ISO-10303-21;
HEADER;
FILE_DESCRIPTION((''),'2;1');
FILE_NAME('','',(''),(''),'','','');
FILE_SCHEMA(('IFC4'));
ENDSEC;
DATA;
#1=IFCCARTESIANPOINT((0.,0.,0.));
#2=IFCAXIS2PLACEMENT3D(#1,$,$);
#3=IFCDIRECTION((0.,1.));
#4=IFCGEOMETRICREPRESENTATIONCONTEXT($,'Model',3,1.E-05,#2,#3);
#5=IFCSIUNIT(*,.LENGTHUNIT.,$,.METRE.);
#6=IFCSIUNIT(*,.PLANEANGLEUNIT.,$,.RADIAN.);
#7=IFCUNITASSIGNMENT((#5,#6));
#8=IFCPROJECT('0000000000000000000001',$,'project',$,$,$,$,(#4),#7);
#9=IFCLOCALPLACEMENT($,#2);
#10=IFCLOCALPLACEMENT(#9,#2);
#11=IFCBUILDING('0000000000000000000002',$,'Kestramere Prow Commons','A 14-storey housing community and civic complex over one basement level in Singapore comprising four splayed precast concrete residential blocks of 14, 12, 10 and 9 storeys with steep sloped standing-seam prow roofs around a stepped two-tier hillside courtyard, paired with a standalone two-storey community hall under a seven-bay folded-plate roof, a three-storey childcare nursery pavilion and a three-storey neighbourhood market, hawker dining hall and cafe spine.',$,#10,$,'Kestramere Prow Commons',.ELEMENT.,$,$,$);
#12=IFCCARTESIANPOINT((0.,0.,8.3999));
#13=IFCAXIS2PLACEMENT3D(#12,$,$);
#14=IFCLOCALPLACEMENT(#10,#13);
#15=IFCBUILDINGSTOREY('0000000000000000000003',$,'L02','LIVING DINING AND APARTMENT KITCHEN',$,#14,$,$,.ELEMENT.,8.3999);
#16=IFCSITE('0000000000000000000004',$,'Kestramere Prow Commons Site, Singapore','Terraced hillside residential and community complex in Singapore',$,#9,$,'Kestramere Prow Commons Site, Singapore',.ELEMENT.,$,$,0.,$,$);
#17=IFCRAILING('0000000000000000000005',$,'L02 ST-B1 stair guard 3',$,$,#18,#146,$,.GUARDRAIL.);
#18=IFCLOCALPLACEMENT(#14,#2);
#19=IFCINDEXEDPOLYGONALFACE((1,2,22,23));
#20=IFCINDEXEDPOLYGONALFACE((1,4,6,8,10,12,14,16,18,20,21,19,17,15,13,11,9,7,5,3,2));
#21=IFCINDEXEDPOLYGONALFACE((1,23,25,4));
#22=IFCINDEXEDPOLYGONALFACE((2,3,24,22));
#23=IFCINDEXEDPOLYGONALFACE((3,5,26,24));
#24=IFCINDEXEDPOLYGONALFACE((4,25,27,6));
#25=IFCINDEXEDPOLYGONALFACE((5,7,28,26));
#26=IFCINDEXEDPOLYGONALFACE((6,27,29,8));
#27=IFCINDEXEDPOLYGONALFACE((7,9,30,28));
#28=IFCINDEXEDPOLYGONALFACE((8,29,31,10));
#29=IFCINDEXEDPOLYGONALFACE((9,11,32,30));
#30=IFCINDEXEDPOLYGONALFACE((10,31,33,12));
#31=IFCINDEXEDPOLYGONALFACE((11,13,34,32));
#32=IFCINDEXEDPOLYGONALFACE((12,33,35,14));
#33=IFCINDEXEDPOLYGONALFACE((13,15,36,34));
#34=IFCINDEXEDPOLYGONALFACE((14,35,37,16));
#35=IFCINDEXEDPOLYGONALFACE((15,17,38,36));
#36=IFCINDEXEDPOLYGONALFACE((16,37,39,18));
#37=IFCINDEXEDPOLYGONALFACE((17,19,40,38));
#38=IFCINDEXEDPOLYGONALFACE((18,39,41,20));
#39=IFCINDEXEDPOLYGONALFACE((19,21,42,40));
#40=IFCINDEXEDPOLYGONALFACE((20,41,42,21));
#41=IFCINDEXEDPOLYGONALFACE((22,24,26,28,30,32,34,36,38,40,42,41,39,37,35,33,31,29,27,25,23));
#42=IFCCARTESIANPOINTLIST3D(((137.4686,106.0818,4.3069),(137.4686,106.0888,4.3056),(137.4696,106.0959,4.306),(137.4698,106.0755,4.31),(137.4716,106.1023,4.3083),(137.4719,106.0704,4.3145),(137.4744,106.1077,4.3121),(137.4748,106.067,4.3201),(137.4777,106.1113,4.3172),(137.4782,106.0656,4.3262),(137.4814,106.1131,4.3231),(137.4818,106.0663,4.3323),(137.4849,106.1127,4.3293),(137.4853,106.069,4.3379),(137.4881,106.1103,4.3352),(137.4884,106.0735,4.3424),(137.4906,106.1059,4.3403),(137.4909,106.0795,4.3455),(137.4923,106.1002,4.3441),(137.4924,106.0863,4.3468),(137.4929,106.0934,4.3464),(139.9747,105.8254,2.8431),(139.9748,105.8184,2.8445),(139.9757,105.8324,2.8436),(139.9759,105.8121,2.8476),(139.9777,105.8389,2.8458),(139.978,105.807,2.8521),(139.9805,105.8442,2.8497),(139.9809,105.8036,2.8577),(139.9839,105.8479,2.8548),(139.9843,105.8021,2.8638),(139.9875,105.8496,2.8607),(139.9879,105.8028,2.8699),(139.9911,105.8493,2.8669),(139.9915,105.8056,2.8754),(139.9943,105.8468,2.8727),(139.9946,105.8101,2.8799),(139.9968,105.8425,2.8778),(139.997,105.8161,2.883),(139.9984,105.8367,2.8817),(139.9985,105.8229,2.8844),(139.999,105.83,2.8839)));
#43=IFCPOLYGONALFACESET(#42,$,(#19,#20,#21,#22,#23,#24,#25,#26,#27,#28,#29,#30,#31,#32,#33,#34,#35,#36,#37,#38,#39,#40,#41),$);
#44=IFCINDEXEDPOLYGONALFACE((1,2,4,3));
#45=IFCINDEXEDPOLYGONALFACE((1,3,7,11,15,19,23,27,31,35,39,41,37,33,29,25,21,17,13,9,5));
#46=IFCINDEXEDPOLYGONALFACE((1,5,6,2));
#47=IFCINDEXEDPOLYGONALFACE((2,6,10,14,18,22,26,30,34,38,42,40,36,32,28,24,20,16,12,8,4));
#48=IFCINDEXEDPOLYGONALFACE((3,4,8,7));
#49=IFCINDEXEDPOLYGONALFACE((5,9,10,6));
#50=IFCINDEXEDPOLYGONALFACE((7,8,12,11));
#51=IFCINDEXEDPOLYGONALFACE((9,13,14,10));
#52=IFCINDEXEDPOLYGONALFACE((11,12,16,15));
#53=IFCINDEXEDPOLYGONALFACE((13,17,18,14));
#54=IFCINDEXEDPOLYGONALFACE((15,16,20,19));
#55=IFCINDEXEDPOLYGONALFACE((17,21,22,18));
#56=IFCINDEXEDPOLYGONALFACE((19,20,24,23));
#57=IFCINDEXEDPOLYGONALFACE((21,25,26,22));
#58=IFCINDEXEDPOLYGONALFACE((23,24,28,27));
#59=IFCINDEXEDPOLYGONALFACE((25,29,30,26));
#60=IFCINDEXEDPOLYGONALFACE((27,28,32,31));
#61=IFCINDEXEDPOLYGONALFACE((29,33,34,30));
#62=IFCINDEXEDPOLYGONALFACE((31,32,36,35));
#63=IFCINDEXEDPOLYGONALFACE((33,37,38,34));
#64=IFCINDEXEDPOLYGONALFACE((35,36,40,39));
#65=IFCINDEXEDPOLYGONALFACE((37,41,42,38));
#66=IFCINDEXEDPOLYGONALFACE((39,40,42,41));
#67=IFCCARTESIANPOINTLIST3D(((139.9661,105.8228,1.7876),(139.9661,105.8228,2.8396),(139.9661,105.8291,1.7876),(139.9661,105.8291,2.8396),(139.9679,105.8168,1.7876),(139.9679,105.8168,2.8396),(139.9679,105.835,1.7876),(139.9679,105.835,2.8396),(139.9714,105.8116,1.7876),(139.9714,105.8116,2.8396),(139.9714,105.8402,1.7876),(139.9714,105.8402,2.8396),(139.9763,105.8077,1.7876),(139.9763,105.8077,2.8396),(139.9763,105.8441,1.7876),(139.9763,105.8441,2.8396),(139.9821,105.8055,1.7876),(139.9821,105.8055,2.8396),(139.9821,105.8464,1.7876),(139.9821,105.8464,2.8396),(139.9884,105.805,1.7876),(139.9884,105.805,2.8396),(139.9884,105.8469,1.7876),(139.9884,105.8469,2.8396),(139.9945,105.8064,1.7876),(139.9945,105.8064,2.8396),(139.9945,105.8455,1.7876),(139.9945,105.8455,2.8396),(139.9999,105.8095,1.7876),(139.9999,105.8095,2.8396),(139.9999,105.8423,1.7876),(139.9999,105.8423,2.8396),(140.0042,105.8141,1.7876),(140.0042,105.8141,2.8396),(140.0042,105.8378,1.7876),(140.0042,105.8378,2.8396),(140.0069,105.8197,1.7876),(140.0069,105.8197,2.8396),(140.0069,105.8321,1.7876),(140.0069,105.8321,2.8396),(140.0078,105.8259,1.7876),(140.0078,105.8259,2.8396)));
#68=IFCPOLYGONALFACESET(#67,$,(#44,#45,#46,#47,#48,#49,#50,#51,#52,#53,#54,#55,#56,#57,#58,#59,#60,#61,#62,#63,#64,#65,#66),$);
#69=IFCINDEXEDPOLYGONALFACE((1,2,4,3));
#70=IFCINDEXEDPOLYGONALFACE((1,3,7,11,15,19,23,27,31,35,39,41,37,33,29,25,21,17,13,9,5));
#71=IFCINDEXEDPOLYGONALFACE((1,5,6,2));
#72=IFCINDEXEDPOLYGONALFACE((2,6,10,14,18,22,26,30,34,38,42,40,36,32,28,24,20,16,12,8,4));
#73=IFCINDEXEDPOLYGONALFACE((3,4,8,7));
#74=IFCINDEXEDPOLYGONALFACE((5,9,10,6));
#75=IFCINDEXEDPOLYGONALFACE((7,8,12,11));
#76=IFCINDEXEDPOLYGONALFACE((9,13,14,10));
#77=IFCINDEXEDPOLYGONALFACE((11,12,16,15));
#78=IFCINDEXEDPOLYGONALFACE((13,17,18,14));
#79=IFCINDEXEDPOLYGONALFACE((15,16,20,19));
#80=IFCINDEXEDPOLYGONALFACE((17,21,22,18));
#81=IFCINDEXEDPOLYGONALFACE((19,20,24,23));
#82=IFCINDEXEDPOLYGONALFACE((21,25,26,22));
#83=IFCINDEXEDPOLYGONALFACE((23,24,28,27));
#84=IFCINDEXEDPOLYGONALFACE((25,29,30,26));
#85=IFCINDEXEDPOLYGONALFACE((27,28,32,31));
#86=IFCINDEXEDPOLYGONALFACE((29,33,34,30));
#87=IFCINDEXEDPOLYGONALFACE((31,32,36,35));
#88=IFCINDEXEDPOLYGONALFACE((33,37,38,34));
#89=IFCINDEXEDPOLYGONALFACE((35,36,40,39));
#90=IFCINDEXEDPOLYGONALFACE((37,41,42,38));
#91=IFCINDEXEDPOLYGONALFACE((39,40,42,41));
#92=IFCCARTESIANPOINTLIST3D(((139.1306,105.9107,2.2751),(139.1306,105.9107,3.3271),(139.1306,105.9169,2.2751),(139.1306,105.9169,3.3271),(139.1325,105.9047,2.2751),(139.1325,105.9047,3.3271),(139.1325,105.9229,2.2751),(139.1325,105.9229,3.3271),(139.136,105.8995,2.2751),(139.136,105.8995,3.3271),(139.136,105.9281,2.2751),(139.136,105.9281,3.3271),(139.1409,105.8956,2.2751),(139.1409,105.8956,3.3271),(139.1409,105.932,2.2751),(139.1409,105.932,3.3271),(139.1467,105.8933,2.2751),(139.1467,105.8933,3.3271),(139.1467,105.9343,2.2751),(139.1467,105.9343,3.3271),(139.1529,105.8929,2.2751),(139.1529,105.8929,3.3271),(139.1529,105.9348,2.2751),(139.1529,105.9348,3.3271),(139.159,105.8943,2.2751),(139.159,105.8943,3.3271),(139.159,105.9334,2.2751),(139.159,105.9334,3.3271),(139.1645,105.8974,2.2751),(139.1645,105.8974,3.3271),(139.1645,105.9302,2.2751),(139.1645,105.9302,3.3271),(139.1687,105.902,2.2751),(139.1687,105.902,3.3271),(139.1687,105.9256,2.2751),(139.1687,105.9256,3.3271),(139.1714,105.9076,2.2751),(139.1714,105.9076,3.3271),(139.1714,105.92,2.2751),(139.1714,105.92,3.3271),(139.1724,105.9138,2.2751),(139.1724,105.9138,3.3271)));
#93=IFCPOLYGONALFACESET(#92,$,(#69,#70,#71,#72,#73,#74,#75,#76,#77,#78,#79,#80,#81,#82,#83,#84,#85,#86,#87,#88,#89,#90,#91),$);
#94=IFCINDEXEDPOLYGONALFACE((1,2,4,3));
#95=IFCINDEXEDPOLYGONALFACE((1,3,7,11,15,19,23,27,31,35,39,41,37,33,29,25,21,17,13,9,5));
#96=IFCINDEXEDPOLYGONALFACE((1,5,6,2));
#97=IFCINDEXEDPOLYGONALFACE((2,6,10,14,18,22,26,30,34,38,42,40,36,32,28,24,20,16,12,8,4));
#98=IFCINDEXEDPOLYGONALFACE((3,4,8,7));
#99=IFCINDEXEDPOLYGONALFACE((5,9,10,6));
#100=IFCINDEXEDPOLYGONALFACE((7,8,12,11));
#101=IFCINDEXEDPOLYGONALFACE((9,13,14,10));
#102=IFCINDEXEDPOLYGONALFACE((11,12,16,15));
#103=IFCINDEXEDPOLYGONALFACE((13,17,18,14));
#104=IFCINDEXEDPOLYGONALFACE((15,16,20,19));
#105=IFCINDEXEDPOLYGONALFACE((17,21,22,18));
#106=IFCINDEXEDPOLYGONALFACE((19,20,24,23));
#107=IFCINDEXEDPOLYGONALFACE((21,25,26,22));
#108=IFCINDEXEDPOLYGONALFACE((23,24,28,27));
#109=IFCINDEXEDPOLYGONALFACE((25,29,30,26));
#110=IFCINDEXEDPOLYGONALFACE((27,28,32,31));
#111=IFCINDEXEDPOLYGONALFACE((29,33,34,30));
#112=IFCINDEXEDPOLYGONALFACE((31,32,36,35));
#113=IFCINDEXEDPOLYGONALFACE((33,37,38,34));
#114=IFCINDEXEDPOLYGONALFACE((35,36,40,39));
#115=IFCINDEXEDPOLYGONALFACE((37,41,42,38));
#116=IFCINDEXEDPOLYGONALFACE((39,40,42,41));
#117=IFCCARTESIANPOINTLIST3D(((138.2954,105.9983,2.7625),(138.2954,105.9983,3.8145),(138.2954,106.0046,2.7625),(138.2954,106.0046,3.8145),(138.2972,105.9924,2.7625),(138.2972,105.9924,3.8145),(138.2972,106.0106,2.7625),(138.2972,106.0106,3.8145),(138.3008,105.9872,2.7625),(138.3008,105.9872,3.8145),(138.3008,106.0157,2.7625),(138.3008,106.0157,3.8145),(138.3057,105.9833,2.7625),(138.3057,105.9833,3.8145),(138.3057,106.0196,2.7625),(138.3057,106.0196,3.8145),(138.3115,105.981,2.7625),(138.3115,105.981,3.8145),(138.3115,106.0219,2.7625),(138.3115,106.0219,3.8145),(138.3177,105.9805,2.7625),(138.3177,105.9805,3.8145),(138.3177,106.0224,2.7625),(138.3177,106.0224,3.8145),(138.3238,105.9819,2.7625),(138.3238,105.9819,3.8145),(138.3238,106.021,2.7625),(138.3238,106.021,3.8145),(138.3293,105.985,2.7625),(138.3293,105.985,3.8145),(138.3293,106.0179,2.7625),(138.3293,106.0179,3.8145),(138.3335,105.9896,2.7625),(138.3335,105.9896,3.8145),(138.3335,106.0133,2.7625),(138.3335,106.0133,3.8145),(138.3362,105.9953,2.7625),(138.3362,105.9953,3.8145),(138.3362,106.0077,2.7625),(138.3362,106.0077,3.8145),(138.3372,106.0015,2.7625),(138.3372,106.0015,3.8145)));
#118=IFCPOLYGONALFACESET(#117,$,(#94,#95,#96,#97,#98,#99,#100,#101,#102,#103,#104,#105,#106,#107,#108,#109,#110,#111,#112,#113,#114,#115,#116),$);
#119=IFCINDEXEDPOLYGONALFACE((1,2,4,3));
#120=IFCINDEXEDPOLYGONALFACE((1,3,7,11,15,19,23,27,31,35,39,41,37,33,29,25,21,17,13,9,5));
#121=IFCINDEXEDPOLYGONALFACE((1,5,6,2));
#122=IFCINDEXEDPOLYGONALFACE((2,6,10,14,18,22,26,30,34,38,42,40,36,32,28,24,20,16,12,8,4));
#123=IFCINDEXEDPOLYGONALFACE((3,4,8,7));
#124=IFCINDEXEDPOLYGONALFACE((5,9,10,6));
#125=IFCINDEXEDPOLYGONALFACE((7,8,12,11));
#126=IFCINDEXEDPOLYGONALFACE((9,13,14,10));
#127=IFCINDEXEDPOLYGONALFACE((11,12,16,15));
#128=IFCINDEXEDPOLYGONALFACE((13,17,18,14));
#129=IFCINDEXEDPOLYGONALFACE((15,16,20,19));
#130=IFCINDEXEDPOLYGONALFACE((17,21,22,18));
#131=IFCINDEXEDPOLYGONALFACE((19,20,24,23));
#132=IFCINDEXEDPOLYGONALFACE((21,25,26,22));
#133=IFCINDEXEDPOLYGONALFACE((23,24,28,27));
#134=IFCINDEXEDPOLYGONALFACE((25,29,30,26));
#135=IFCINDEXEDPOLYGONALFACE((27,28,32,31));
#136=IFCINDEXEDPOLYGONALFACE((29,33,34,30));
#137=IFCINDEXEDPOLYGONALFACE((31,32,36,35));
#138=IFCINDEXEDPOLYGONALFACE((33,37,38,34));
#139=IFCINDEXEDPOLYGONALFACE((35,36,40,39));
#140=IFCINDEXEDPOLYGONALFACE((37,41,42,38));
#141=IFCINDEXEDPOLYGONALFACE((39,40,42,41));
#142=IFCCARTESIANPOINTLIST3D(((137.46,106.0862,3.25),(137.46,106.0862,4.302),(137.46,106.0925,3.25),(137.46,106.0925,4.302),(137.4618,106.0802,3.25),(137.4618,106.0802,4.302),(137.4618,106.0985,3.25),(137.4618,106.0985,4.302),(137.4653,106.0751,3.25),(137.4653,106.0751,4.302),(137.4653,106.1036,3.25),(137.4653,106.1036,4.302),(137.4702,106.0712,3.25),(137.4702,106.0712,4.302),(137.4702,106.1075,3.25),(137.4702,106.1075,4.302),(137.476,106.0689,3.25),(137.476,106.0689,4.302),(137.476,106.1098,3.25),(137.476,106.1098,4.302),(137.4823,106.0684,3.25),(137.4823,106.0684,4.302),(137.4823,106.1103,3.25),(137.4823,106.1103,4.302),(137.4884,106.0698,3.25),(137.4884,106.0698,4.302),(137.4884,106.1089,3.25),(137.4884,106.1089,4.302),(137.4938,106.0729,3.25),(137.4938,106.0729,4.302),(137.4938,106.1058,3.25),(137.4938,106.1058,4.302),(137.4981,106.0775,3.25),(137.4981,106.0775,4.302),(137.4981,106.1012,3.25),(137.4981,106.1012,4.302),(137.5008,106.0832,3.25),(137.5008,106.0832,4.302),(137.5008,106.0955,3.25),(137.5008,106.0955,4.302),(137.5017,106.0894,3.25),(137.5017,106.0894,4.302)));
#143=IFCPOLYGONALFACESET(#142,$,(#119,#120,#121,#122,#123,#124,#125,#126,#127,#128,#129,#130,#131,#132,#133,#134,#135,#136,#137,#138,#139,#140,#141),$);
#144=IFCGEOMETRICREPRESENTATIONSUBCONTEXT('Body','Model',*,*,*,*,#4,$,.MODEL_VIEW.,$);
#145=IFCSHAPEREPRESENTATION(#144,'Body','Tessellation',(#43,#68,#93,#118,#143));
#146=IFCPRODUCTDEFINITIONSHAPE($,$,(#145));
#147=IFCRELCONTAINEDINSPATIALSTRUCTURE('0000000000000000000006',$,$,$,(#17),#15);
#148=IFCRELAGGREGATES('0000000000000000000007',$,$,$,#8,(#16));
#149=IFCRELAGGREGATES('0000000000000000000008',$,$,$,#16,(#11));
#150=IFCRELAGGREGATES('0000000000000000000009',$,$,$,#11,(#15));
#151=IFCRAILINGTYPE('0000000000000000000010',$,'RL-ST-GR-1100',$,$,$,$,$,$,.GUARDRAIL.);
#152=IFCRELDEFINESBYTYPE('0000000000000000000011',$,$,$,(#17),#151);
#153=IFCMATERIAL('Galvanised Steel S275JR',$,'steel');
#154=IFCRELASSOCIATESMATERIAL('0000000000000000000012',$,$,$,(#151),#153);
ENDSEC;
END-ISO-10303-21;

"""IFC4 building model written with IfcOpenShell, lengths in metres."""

from ifc_helpers import new_model, si_unit, direction, frame, origin, origin_2d, place, context, subcontext, project, spatial, circle, extrude, material, type_object, element, save


model = new_model("IFC4")

# Units and contexts
model_context = context("Model", 3, precision=1e-05, world=origin(), true_north=direction((0.0, 1.0)))
body_context = subcontext(model_context, "Body", "Model", "MODEL_VIEW")
ifc_project = project(units=[si_unit("LENGTHUNIT", "METRE"), si_unit("PLANEANGLEUNIT", "RADIAN")], contexts=[model_context])

# Site, building, storey
site_placement = place(None, origin())
site = spatial("IfcSite", under=ifc_project, at=site_placement, Name="Kestramere Prow Commons Site, Singapore", Description="Terraced hillside residential and community complex in Singapore", LongName="Kestramere Prow Commons Site, Singapore", CompositionType="ELEMENT", RefElevation=0.0)
building_placement = place(site_placement, origin())
building = spatial("IfcBuilding", under=site, at=building_placement, Name="Kestramere Prow Commons", Description="A 14-storey housing community and civic complex over one basement level in Singapore comprising four splayed precast concrete residential blocks of 14, 12, 10 and 9 storeys with steep sloped standing-seam prow roofs around a stepped two-tier hillside courtyard, paired with a standalone two-storey community hall under a seven-bay folded-plate roof, a three-storey childcare nursery pavilion and a three-storey neighbourhood market, hawker dining hall and cafe spine.", LongName="Kestramere Prow Commons", CompositionType="ELEMENT")
storey_placement = place(building_placement, frame((0.0, 0.0, 8.3999)))
storey = spatial("IfcBuildingStorey", under=building, at=storey_placement, Name="L02", Description="LIVING DINING AND APARTMENT KITCHEN", CompositionType="ELEMENT", Elevation=8.3999)

# Railing
ifc_material_1 = material(Name="Galvanised Steel S275JR", Category="steel")
railing_type_1 = type_object("IfcRailingType", Name="RL-ST-GR-1100", PredefinedType="GUARDRAIL", material=ifc_material_1)
railing_1_placement = place(storey_placement, frame((139.9868, 105.8259, 1.7876)))
element("IfcRailing", 1, at=railing_1_placement, inside=storey, type_object=railing_type_1, Name="L02 ST-B1 stair guard 3", PredefinedType="GUARDRAIL", context=body_context, shape_type="SweptSolid", body=[
    extrude(circle(Radius=0.0239, at=origin_2d()), frame((0.0, 0.0, 1.0762), z_axis=(-0.860165, 0.090416, 0.501937), x_axis=(-0.104539, -0.994521, 0.0)), (0.0, 0.0, 1.0), 2.9136),
    extrude(circle(Radius=0.021, at=origin_2d()), origin(), (0.0, 0.0, 1.0), 1.052),
    extrude(circle(Radius=0.021, at=origin_2d()), frame((-0.8354, 0.0879, 0.4875)), (0.0, 0.0, 1.0), 1.052),
    extrude(circle(Radius=0.021, at=origin_2d()), frame((-1.6707, 0.1755, 0.9749)), (0.0, 0.0, 1.0), 1.052),
    extrude(circle(Radius=0.021, at=origin_2d()), frame((-2.5061, 0.2634, 1.4624)), (0.0, 0.0, 1.0), 1.052),
])

save(model, "model.ifc")
